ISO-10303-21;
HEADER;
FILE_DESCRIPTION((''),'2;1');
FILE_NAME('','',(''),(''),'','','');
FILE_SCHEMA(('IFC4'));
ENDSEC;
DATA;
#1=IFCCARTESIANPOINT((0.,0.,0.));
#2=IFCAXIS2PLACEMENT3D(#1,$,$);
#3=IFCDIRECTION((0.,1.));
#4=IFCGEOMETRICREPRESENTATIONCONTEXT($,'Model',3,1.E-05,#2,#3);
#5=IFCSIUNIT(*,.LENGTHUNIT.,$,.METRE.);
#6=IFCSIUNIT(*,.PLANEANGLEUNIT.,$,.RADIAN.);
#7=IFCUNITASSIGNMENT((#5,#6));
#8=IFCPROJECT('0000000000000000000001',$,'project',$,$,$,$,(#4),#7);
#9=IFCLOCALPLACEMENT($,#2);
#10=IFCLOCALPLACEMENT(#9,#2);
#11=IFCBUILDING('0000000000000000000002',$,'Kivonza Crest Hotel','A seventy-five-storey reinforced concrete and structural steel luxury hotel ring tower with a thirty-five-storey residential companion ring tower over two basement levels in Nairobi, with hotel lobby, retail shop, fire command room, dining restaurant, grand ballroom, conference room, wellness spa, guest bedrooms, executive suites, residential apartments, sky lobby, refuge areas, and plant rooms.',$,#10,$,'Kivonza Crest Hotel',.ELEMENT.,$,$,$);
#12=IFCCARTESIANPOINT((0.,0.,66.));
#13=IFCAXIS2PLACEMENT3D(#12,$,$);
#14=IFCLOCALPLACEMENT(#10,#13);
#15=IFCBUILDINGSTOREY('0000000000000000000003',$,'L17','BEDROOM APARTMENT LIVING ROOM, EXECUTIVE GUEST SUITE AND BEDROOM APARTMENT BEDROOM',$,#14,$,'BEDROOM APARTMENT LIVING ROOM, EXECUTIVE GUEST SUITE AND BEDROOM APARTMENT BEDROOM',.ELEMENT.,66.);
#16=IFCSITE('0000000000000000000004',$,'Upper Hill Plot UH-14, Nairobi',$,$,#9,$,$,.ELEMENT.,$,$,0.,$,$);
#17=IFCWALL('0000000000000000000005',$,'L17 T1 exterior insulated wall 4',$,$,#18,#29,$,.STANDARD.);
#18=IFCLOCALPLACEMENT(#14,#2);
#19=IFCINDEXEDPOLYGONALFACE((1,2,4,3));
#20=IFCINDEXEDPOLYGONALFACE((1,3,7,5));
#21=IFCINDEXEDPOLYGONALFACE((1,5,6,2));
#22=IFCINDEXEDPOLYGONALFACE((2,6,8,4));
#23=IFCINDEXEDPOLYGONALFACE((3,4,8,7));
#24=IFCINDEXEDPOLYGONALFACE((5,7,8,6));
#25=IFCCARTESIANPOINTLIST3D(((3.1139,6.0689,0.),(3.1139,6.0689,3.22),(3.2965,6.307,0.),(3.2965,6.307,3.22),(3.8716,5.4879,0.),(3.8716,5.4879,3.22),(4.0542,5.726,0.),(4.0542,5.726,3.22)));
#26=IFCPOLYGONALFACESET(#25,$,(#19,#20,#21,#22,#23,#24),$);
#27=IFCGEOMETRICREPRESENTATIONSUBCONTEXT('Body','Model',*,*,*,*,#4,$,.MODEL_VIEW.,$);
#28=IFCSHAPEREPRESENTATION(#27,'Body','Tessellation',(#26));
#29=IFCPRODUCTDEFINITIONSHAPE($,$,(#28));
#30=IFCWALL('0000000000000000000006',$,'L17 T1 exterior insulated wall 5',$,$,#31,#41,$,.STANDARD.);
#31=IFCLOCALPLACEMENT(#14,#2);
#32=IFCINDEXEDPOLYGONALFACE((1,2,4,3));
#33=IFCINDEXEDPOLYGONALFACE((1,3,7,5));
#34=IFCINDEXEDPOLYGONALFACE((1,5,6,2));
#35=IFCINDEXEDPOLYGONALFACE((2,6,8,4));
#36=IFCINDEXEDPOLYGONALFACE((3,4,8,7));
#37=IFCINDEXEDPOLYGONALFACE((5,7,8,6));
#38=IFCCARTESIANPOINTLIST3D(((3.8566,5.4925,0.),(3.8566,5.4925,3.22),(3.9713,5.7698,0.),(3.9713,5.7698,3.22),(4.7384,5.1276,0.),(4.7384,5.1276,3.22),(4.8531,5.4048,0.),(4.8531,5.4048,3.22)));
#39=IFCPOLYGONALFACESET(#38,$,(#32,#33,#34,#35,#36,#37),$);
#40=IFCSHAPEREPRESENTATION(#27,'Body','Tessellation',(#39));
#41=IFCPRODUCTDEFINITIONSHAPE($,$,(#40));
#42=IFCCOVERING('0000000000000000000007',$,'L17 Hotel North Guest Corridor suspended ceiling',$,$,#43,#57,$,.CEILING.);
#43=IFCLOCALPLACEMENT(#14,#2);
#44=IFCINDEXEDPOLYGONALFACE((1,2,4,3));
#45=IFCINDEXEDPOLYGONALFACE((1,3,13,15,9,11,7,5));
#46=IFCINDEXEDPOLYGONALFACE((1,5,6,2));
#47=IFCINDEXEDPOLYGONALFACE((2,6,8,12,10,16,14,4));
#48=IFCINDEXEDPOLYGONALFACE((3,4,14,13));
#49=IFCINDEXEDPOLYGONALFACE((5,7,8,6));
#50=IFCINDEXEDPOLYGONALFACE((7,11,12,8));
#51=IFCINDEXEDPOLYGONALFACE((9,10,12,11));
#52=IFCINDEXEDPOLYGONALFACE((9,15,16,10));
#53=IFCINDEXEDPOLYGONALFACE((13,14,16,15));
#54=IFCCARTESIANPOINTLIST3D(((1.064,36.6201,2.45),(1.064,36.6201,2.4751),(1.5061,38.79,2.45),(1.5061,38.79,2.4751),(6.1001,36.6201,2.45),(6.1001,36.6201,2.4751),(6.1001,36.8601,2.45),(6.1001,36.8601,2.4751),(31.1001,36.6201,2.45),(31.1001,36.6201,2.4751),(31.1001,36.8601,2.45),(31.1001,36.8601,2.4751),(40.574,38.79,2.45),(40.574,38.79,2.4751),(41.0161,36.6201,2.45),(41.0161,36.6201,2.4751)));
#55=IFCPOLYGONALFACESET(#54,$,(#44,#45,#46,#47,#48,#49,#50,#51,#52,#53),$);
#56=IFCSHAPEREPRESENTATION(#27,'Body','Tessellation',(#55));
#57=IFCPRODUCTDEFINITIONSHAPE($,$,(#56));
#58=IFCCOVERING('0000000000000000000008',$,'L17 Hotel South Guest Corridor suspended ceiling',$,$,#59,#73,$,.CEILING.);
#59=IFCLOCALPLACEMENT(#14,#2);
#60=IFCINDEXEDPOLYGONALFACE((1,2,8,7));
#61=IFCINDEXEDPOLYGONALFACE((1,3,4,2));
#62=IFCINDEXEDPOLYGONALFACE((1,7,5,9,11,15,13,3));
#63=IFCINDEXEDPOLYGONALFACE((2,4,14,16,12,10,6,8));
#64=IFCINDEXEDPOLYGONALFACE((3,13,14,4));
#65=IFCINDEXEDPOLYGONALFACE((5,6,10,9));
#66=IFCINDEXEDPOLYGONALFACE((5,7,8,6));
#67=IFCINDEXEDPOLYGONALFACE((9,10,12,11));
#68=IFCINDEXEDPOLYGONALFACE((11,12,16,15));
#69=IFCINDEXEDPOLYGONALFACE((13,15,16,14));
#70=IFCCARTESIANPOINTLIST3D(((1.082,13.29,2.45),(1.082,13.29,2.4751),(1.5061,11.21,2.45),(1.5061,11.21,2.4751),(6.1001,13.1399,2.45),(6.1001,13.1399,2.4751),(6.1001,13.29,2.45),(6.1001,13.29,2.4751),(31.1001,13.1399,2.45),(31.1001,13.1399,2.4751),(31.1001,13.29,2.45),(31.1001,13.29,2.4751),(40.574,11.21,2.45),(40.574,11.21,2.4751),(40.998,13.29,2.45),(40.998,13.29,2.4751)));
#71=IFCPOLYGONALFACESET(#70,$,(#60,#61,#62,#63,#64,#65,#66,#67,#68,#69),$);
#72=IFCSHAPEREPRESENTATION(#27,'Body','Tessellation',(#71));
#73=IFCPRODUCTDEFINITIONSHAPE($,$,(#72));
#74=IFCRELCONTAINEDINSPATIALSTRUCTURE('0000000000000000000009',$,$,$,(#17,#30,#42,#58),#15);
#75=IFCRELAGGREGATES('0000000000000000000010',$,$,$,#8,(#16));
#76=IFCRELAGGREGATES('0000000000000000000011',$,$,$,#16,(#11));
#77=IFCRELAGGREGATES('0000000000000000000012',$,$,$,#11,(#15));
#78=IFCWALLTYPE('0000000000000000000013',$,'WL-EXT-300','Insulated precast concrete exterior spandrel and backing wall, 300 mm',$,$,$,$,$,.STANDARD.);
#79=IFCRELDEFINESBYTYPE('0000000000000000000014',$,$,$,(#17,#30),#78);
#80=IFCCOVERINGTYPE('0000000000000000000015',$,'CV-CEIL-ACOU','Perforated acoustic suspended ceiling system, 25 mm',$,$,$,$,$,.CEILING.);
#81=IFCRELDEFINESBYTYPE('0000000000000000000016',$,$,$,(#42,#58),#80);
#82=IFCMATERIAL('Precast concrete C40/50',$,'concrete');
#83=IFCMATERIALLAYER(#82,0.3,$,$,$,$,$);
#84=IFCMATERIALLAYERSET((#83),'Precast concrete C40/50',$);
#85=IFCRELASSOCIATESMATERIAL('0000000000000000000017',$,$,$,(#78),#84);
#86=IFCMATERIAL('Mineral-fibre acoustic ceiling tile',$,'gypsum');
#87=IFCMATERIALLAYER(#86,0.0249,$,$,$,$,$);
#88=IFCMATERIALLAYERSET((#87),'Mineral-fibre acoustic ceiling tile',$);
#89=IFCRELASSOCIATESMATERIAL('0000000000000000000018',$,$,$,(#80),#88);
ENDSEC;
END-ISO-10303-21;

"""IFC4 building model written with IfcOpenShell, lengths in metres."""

from ifc_helpers import new_model, si_unit, direction, frame, frame_2d, origin, place, context, subcontext, project, spatial, polyline, rectangle, outline, extrude, material, layer, layer_set, type_object, element, save


model = new_model("IFC4")

# Units and contexts
model_context = context("Model", 3, precision=1e-05, world=origin(), true_north=direction((0.0, 1.0)))
body_context = subcontext(model_context, "Body", "Model", "MODEL_VIEW")
ifc_project = project(units=[si_unit("LENGTHUNIT", "METRE"), si_unit("PLANEANGLEUNIT", "RADIAN")], contexts=[model_context])

# Site, building, storey
site_placement = place(None, origin())
site = spatial("IfcSite", under=ifc_project, at=site_placement, Name="Upper Hill Plot UH-14, Nairobi", CompositionType="ELEMENT", RefElevation=0.0)
building_placement = place(site_placement, origin())
building = spatial("IfcBuilding", under=site, at=building_placement, Name="Kivonza Crest Hotel", Description="A seventy-five-storey reinforced concrete and structural steel luxury hotel ring tower with a thirty-five-storey residential companion ring tower over two basement levels in Nairobi, with hotel lobby, retail shop, fire command room, dining restaurant, grand ballroom, conference room, wellness spa, guest bedrooms, executive suites, residential apartments, sky lobby, refuge areas, and plant rooms.", LongName="Kivonza Crest Hotel", CompositionType="ELEMENT")
storey_placement = place(building_placement, frame((0.0, 0.0, 66.0)))
storey = spatial("IfcBuildingStorey", under=building, at=storey_placement, Name="L17", Description="BEDROOM APARTMENT LIVING ROOM, EXECUTIVE GUEST SUITE AND BEDROOM APARTMENT BEDROOM", LongName="BEDROOM APARTMENT LIVING ROOM, EXECUTIVE GUEST SUITE AND BEDROOM APARTMENT BEDROOM", CompositionType="ELEMENT", Elevation=66.0)

# Walls
ifc_material_1 = material(Name="Precast concrete C40/50", Category="concrete")
ifc_layer_1 = layer(ifc_material_1, 0.3)
ifc_layer_set_1 = layer_set([ifc_layer_1], Name="Precast concrete C40/50")
wall_type_1 = type_object("IfcWallType", Name="WL-EXT-300", Description="Insulated precast concrete exterior spandrel and backing wall, 300 mm", PredefinedType="STANDARD", material=ifc_layer_set_1)
for number, where, z_axis, x_axis, name in (
    (1, (3.2051, 6.188, 0.0), (0.0, 0.0, 1.0), (0.793573, -0.608474, 0.0), "L17 T1 exterior insulated wall 4"),
):
    element("IfcWall", number, at=place(storey_placement, frame(where, z_axis=z_axis, x_axis=x_axis)), inside=storey, type_object=wall_type_1, Name=name, PredefinedType="STANDARD", context=body_context, shape_type="SweptSolid", body=[
        extrude(rectangle(XDim=0.9548, YDim=0.3, at=frame_2d((0.4775, 0.0))), origin(), (0.0, 0.0, 1.0), 3.22),
    ])
wall_1_placement = place(storey_placement, frame((3.9141, 5.6311, 0.0), z_axis=(0.0, 0.0, 1.0), x_axis=(0.923983, -0.382435, 0.0)))
element("IfcWall", 2, at=wall_1_placement, inside=storey, type_object=wall_type_1, Name="L17 T1 exterior insulated wall 5", PredefinedType="STANDARD", context=body_context, shape_type="SweptSolid", body=[
    extrude(rectangle(XDim=0.9543, YDim=0.3, at=frame_2d((0.4771, 0.0))), origin(), (0.0, 0.0, 1.0), 3.22),
])

# Coverings
ifc_material_2 = material(Name="Mineral-fibre acoustic ceiling tile", Category="gypsum")
ifc_layer_2 = layer(ifc_material_2, 0.0249)
ifc_layer_set_2 = layer_set([ifc_layer_2], Name="Mineral-fibre acoustic ceiling tile")
covering_type = type_object("IfcCoveringType", Name="CV-CEIL-ACOU", Description="Perforated acoustic suspended ceiling system, 25 mm", PredefinedType="CEILING", material=ifc_layer_set_2)
covering_1_placement = place(storey_placement, frame((0.0, 0.0, 2.45)))
element("IfcCovering", 3, at=covering_1_placement, inside=storey, type_object=covering_type, Name="L17 Hotel North Guest Corridor suspended ceiling", PredefinedType="CEILING", context=body_context, shape_type="SweptSolid", body=[
    extrude(outline(polyline([(1.5061, 38.79), (1.064, 36.6201), (6.1001, 36.6201), (6.1001, 36.8601), (31.1001, 36.8601), (31.1001, 36.6201), (41.0161, 36.6201), (40.574, 38.79), (1.5061, 38.79)])), origin(), (0.0, 0.0, 1.0), 0.0251),
])
covering_2_placement = place(storey_placement, frame((0.0, 0.0, 2.45)))
element("IfcCovering", 4, at=covering_2_placement, inside=storey, type_object=covering_type, Name="L17 Hotel South Guest Corridor suspended ceiling", PredefinedType="CEILING", context=body_context, shape_type="SweptSolid", body=[
    extrude(outline(polyline([(40.574, 11.21), (40.998, 13.29), (31.1001, 13.29), (31.1001, 13.1399), (6.1001, 13.1399), (6.1001, 13.29), (1.082, 13.29), (1.5061, 11.21), (40.574, 11.21)])), origin(), (0.0, 0.0, 1.0), 0.0251),
])

save(model, "model.ifc")
